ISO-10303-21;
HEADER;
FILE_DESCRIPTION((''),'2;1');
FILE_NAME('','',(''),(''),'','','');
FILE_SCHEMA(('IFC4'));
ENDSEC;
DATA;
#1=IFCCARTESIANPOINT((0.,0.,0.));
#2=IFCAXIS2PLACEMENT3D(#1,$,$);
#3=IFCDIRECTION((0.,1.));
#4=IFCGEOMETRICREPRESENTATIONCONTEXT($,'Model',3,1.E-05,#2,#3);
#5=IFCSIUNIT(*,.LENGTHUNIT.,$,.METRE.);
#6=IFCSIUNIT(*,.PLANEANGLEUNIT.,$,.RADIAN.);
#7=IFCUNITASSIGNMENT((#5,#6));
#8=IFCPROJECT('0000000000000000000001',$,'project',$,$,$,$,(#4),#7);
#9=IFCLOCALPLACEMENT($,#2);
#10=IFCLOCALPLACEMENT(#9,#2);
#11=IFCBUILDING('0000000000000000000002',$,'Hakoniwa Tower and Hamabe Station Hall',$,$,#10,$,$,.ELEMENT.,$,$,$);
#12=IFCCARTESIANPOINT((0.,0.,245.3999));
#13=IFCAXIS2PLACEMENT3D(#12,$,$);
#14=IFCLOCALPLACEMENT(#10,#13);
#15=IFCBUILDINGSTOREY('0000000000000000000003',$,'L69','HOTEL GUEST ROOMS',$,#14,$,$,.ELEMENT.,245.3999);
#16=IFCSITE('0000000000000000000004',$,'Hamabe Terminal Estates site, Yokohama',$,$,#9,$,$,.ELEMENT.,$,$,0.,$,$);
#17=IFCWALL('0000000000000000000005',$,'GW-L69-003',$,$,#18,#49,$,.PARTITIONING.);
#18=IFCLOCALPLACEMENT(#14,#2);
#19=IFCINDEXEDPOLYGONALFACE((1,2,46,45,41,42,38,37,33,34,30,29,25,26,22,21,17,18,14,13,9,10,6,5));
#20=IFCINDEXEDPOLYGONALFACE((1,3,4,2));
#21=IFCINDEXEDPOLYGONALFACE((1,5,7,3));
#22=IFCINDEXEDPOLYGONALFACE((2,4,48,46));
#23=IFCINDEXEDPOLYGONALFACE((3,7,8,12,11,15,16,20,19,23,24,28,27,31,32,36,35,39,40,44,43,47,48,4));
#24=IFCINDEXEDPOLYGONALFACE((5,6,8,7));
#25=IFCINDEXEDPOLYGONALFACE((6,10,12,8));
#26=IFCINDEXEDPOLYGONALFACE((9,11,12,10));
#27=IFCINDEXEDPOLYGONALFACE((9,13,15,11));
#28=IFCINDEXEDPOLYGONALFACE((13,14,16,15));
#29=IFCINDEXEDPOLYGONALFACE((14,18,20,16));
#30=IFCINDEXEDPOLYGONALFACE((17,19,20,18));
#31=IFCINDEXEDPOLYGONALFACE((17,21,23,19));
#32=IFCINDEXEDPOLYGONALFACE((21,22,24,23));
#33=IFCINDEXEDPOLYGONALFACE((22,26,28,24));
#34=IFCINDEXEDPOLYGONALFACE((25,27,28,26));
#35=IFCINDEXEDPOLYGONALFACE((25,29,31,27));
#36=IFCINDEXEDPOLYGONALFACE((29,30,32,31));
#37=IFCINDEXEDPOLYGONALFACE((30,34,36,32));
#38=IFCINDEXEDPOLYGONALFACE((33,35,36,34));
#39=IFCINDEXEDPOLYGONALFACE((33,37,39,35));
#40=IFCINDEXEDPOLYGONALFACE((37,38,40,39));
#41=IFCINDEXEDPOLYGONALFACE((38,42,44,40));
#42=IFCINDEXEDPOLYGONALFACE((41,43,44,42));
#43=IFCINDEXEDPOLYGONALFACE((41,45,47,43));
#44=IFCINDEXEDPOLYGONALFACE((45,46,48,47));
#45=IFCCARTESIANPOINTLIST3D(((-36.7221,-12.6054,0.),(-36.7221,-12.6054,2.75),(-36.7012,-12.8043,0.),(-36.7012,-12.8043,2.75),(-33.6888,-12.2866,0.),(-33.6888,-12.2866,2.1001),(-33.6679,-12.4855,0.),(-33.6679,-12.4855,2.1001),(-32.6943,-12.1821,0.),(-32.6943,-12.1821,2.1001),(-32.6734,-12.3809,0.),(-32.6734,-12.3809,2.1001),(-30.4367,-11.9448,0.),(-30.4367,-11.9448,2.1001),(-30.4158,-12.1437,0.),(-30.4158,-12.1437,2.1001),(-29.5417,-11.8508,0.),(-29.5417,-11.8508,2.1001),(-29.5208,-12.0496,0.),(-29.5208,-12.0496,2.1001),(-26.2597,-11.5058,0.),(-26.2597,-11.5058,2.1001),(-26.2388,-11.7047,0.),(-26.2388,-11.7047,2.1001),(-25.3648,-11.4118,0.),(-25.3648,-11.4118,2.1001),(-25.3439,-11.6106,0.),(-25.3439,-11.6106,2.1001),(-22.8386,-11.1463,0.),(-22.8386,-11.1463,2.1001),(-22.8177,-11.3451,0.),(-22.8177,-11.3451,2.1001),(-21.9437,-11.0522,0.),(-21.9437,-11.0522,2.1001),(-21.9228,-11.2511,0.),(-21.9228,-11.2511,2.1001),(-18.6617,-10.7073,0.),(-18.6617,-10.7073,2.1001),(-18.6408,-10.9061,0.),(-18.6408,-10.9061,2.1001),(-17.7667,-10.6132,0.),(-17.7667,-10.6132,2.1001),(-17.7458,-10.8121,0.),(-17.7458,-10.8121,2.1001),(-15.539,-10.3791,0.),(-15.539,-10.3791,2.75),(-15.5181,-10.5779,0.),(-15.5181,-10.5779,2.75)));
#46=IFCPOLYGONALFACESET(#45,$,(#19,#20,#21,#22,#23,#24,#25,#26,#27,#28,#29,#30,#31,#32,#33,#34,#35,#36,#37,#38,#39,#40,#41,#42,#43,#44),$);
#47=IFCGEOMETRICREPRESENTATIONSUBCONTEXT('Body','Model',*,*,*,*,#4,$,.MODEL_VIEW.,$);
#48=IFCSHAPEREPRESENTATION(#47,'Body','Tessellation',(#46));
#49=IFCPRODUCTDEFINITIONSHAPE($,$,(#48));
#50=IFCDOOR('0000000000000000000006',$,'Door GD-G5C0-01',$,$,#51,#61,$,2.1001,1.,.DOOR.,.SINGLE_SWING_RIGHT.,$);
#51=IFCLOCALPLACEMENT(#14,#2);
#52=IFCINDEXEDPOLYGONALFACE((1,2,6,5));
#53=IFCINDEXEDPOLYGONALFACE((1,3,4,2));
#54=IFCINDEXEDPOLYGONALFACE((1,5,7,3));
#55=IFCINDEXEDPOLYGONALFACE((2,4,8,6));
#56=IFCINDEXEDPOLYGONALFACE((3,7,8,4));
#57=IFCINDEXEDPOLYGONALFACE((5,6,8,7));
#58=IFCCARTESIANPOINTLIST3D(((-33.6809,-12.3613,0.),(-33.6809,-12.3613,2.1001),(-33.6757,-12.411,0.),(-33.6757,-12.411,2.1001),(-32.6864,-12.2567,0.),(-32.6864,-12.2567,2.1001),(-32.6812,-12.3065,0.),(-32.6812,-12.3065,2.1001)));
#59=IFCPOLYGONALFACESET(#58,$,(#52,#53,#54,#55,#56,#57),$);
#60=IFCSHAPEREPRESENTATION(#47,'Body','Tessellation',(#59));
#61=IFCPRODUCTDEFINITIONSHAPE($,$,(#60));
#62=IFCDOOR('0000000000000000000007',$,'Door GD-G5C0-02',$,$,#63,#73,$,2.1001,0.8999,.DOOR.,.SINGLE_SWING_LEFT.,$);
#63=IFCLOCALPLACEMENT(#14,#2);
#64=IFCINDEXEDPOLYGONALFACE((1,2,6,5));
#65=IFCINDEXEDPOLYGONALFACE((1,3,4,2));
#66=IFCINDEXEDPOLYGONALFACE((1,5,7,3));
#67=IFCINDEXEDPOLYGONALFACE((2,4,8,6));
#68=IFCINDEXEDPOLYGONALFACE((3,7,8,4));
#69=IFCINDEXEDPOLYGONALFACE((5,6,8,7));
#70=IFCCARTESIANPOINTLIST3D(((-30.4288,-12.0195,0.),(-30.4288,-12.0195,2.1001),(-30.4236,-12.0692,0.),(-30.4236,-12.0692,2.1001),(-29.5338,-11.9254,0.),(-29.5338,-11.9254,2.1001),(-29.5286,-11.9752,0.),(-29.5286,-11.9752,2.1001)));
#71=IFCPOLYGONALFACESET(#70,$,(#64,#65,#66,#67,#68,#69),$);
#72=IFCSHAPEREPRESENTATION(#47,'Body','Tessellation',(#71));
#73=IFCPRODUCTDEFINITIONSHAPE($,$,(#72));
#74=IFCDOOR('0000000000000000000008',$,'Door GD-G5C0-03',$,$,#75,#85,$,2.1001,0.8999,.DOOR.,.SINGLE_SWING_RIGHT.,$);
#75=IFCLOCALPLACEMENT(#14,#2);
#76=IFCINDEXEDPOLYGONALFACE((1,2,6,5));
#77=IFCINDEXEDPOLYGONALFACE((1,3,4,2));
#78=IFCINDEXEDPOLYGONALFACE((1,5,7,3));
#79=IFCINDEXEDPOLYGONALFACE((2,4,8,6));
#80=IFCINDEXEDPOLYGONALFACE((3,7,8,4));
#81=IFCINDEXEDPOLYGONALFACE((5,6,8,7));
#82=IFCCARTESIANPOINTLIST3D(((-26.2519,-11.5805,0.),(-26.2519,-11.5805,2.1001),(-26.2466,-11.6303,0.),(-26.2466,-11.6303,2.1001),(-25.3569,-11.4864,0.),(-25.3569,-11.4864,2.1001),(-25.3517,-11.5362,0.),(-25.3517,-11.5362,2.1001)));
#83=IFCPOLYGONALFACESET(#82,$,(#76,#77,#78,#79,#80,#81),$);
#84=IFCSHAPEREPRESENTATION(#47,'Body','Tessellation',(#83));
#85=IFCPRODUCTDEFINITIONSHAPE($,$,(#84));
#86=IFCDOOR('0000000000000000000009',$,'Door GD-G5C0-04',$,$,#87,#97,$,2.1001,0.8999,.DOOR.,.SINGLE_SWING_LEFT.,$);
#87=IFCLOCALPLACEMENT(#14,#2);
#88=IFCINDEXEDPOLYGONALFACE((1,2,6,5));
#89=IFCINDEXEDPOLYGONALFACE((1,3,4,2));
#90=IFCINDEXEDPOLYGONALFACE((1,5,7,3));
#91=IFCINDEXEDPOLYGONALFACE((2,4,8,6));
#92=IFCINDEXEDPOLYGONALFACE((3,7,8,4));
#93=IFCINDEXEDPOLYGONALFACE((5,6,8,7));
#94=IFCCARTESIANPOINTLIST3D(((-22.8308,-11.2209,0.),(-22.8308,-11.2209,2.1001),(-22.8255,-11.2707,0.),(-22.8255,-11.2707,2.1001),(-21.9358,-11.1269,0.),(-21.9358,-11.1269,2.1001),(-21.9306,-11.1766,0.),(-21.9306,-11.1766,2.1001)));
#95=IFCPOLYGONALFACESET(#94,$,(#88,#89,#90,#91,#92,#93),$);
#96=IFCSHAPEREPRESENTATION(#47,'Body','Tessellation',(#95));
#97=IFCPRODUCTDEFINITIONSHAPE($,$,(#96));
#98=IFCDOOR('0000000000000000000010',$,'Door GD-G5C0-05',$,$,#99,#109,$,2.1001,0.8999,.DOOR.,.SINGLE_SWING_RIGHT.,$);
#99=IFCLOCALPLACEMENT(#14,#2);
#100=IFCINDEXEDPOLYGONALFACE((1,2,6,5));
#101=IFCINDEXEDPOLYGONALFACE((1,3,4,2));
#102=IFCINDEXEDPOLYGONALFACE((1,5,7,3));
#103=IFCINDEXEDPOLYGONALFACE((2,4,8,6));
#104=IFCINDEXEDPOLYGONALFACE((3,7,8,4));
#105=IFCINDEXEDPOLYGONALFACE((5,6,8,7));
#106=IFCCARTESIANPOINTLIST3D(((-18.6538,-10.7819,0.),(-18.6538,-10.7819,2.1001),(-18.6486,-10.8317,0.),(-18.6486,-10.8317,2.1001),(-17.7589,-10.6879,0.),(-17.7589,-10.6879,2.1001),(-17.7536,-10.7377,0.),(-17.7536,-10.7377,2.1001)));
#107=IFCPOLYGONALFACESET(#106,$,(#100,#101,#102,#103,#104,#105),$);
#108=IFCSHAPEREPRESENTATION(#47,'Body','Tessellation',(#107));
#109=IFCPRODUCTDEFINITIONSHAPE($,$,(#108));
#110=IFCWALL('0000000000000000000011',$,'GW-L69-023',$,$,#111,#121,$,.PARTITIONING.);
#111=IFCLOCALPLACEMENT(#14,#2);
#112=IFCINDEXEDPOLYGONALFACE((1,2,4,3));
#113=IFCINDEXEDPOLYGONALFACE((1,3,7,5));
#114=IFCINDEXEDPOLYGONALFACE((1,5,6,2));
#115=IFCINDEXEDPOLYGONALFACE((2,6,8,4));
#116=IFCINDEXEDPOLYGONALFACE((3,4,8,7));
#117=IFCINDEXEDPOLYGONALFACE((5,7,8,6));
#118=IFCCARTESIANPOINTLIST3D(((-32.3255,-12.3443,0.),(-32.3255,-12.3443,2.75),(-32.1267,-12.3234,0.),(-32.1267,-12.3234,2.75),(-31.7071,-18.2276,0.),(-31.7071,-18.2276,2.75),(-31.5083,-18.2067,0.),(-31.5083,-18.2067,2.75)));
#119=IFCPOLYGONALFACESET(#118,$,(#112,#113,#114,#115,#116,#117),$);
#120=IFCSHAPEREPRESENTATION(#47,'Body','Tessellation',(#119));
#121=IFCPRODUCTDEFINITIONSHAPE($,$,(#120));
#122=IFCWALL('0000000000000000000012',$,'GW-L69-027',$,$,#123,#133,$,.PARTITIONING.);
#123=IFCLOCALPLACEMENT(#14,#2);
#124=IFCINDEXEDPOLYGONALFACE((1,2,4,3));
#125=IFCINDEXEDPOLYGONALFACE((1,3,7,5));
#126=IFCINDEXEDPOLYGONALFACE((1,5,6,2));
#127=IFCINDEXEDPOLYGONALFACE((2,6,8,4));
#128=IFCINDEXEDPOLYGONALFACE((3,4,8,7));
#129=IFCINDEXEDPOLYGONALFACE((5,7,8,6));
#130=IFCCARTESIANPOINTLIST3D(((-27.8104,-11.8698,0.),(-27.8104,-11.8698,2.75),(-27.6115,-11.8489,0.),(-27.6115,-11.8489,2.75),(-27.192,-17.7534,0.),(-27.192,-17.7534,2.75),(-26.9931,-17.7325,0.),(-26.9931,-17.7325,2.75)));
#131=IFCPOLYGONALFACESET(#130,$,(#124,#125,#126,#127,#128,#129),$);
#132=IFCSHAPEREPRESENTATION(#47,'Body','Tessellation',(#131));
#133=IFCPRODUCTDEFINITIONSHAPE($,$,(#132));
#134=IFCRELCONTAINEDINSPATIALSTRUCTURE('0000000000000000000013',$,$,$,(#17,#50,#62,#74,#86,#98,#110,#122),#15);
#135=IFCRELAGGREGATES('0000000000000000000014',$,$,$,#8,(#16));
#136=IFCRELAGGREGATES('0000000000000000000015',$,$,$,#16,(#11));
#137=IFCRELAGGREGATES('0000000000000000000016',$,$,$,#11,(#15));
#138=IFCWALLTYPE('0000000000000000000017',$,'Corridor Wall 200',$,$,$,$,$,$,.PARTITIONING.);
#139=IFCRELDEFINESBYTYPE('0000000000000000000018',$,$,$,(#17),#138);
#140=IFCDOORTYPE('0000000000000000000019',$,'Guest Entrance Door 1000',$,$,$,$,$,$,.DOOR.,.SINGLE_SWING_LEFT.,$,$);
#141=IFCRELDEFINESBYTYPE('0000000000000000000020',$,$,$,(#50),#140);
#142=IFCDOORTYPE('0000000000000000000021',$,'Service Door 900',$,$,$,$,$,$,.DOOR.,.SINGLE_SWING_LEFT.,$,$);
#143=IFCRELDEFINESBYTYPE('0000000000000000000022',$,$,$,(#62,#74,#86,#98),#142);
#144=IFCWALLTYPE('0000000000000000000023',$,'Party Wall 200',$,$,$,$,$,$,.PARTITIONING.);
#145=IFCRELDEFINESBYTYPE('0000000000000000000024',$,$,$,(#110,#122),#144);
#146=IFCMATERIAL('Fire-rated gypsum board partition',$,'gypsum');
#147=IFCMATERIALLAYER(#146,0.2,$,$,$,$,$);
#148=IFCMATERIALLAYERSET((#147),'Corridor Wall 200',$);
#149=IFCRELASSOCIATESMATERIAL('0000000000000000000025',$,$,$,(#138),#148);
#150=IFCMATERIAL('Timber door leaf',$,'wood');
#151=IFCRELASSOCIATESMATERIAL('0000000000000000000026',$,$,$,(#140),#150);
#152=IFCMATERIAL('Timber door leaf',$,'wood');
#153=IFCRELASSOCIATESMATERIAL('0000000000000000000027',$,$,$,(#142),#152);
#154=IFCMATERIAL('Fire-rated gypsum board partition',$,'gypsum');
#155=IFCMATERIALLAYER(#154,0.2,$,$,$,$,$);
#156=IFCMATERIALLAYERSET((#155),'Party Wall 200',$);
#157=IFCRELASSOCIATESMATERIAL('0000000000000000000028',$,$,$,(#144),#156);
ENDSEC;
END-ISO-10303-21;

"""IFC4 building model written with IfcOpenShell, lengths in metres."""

from ifc_helpers import new_model, si_unit, direction, frame, frame_2d, origin, place, context, subcontext, project, spatial, rectangle, extrude, material, layer, layer_set, type_object, element, fill, save


model = new_model("IFC4")

# Units and contexts
model_context = context("Model", 3, precision=1e-05, world=origin(), true_north=direction((0.0, 1.0)))
body_context = subcontext(model_context, "Body", "Model", "MODEL_VIEW")
ifc_project = project(units=[si_unit("LENGTHUNIT", "METRE"), si_unit("PLANEANGLEUNIT", "RADIAN")], contexts=[model_context])

# Site, building, storey
site_placement = place(None, origin())
site = spatial("IfcSite", under=ifc_project, at=site_placement, Name="Hamabe Terminal Estates site, Yokohama", CompositionType="ELEMENT", RefElevation=0.0)
building_placement = place(site_placement, origin())
building = spatial("IfcBuilding", under=site, at=building_placement, Name="Hakoniwa Tower and Hamabe Station Hall", CompositionType="ELEMENT")
storey_placement = place(building_placement, frame((0.0, 0.0, 245.3999)))
storey = spatial("IfcBuildingStorey", under=building, at=storey_placement, Name="L69", Description="HOTEL GUEST ROOMS", CompositionType="ELEMENT", Elevation=245.3999)

# Wall, openings, doors
ifc_material_1 = material(Name="Fire-rated gypsum board partition", Category="gypsum")
ifc_layer_1 = layer(ifc_material_1, 0.2)
ifc_layer_set_1 = layer_set([ifc_layer_1], Name="Corridor Wall 200")
wall_type_1 = type_object("IfcWallType", Name="Corridor Wall 200", PredefinedType="PARTITIONING", material=ifc_layer_set_1)
wall_1_placement = place(storey_placement, frame((-36.7117, -12.7048, 0.0), z_axis=(0.0, 0.0, 1.0), x_axis=(0.994522, 0.104523, 0.0)))
wall_1 = element("IfcWall", 1, at=wall_1_placement, inside=storey, type_object=wall_type_1, Name="GW-L69-003", PredefinedType="PARTITIONING", context=body_context, shape_type="SweptSolid", body=[
    extrude(rectangle(XDim=21.2998, YDim=0.2, at=frame_2d((10.6499, 0.0))), origin(), (0.0, 0.0, 1.0), 2.75),
])
opening_1_placement = place(wall_1_placement, frame((3.05, 0.0, 0.0)))
opening_1 = element("IfcOpeningElement", 2, at=opening_1_placement, cuts=wall_1, PredefinedType="OPENING", context=body_context, shape_type="SweptSolid", body=[
    extrude(rectangle(XDim=1.0, YDim=2.1001, at=frame_2d((0.5, 1.05))), frame((0.0, 0.1099, 0.0), z_axis=(0.0, -1.0, 0.0), x_axis=(1.0, 0.0, 0.0)), (0.0, 0.0, 1.0), 0.22),
])
opening_2_placement = place(wall_1_placement, frame((6.3201, 0.0, 0.0)))
opening_2 = element("IfcOpeningElement", 3, at=opening_2_placement, cuts=wall_1, PredefinedType="OPENING", context=body_context, shape_type="SweptSolid", body=[
    extrude(rectangle(XDim=0.8999, YDim=2.1001, at=frame_2d((0.45, 1.05))), frame((0.0, 0.1099, 0.0), z_axis=(0.0, -1.0, 0.0), x_axis=(1.0, 0.0, 0.0)), (0.0, 0.0, 1.0), 0.22),
])
opening_3_placement = place(wall_1_placement, frame((10.52, 0.0, 0.0)))
opening_3 = element("IfcOpeningElement", 4, at=opening_3_placement, cuts=wall_1, PredefinedType="OPENING", context=body_context, shape_type="SweptSolid", body=[
    extrude(rectangle(XDim=0.8999, YDim=2.1001, at=frame_2d((0.45, 1.05))), frame((0.0, 0.1099, 0.0), z_axis=(0.0, -1.0, 0.0), x_axis=(1.0, 0.0, 0.0)), (0.0, 0.0, 1.0), 0.22),
])
opening_4_placement = place(wall_1_placement, frame((13.96, 0.0, 0.0)))
opening_4 = element("IfcOpeningElement", 5, at=opening_4_placement, cuts=wall_1, PredefinedType="OPENING", context=body_context, shape_type="SweptSolid", body=[
    extrude(rectangle(XDim=0.8999, YDim=2.1001, at=frame_2d((0.45, 1.05))), frame((0.0, 0.1099, 0.0), z_axis=(0.0, -1.0, 0.0), x_axis=(1.0, 0.0, 0.0)), (0.0, 0.0, 1.0), 0.22),
])
opening_5_placement = place(wall_1_placement, frame((18.1599, 0.0, 0.0)))
opening_5 = element("IfcOpeningElement", 6, at=opening_5_placement, cuts=wall_1, PredefinedType="OPENING", context=body_context, shape_type="SweptSolid", body=[
    extrude(rectangle(XDim=0.8999, YDim=2.1001, at=frame_2d((0.45, 1.05))), frame((0.0, 0.1099, 0.0), z_axis=(0.0, -1.0, 0.0), x_axis=(1.0, 0.0, 0.0)), (0.0, 0.0, 1.0), 0.22),
])
ifc_material_2 = material(Name="Timber door leaf", Category="wood")
door_type_1 = type_object("IfcDoorType", Name="Guest Entrance Door 1000", OperationType="SINGLE_SWING_LEFT", PredefinedType="DOOR", material=ifc_material_2)
door_1_placement = place(opening_1_placement, origin())
door_1 = element("IfcDoor", 7, at=door_1_placement, inside=storey, type_object=door_type_1, Name="Door GD-G5C0-01", OperationType="SINGLE_SWING_RIGHT", OverallHeight=2.1001, OverallWidth=1.0, PredefinedType="DOOR", context=body_context, shape_type="SweptSolid", body=[
    extrude(rectangle(XDim=1.0, YDim=2.1001, at=frame_2d((0.5, 1.05))), frame((0.0, 0.0249, 0.0), z_axis=(0.0, -1.0, 0.0), x_axis=(1.0, 0.0, 0.0)), (0.0, 0.0, 1.0), 0.05),
])
fill(opening_1, door_1)
ifc_material_3 = material(Name="Timber door leaf", Category="wood")
door_type_2 = type_object("IfcDoorType", Name="Service Door 900", OperationType="SINGLE_SWING_LEFT", PredefinedType="DOOR", material=ifc_material_3)
door_2_placement = place(opening_2_placement, origin())
door_2 = element("IfcDoor", 8, at=door_2_placement, inside=storey, type_object=door_type_2, Name="Door GD-G5C0-02", OperationType="SINGLE_SWING_LEFT", OverallHeight=2.1001, OverallWidth=0.8999, PredefinedType="DOOR", context=body_context, shape_type="SweptSolid", body=[
    extrude(rectangle(XDim=0.8999, YDim=2.1001, at=frame_2d((0.45, 1.05))), frame((0.0, 0.0249, 0.0), z_axis=(0.0, -1.0, 0.0), x_axis=(1.0, 0.0, 0.0)), (0.0, 0.0, 1.0), 0.05),
])
fill(opening_2, door_2)
door_3_placement = place(opening_3_placement, origin())
door_3 = element("IfcDoor", 9, at=door_3_placement, inside=storey, type_object=door_type_2, Name="Door GD-G5C0-03", OperationType="SINGLE_SWING_RIGHT", OverallHeight=2.1001, OverallWidth=0.8999, PredefinedType="DOOR", context=body_context, shape_type="SweptSolid", body=[
    extrude(rectangle(XDim=0.8999, YDim=2.1001, at=frame_2d((0.45, 1.05))), frame((0.0, 0.0249, 0.0), z_axis=(0.0, -1.0, 0.0), x_axis=(1.0, 0.0, 0.0)), (0.0, 0.0, 1.0), 0.05),
])
fill(opening_3, door_3)
door_4_placement = place(opening_4_placement, origin())
door_4 = element("IfcDoor", 10, at=door_4_placement, inside=storey, type_object=door_type_2, Name="Door GD-G5C0-04", OperationType="SINGLE_SWING_LEFT", OverallHeight=2.1001, OverallWidth=0.8999, PredefinedType="DOOR", context=body_context, shape_type="SweptSolid", body=[
    extrude(rectangle(XDim=0.8999, YDim=2.1001, at=frame_2d((0.45, 1.05))), frame((0.0, 0.0249, 0.0), z_axis=(0.0, -1.0, 0.0), x_axis=(1.0, 0.0, 0.0)), (0.0, 0.0, 1.0), 0.05),
])
fill(opening_4, door_4)
door_5_placement = place(opening_5_placement, origin())
door_5 = element("IfcDoor", 11, at=door_5_placement, inside=storey, type_object=door_type_2, Name="Door GD-G5C0-05", OperationType="SINGLE_SWING_RIGHT", OverallHeight=2.1001, OverallWidth=0.8999, PredefinedType="DOOR", context=body_context, shape_type="SweptSolid", body=[
    extrude(rectangle(XDim=0.8999, YDim=2.1001, at=frame_2d((0.45, 1.05))), frame((0.0, 0.0249, 0.0), z_axis=(0.0, -1.0, 0.0), x_axis=(1.0, 0.0, 0.0)), (0.0, 0.0, 1.0), 0.05),
])
fill(opening_5, door_5)

# Walls
ifc_material_4 = material(Name="Fire-rated gypsum board partition", Category="gypsum")
ifc_layer_2 = layer(ifc_material_4, 0.2)
ifc_layer_set_2 = layer_set([ifc_layer_2], Name="Party Wall 200")
wall_type_2 = type_object("IfcWallType", Name="Party Wall 200", PredefinedType="PARTITIONING", material=ifc_layer_set_2)
wall_2_placement = place(storey_placement, frame((-31.6077, -18.2173, 0.0), z_axis=(0.0, 0.0, 1.0), x_axis=(-0.104537, 0.994521, 0.0)))
element("IfcWall", 12, at=wall_2_placement, inside=storey, type_object=wall_type_2, Name="GW-L69-023", PredefinedType="PARTITIONING", context=body_context, shape_type="SweptSolid", body=[
    extrude(rectangle(XDim=5.9158, YDim=0.2, at=frame_2d((2.958, 0.0))), origin(), (0.0, 0.0, 1.0), 2.75),
])
wall_3_placement = place(storey_placement, frame((-27.0925, -17.7429, 0.0), z_axis=(0.0, 0.0, 1.0), x_axis=(-0.104532, 0.994521, 0.0)))
element("IfcWall", 13, at=wall_3_placement, inside=storey, type_object=wall_type_2, Name="GW-L69-027", PredefinedType="PARTITIONING", context=body_context, shape_type="SweptSolid", body=[
    extrude(rectangle(XDim=5.916, YDim=0.2, at=frame_2d((2.958, 0.0))), origin(), (0.0, 0.0, 1.0), 2.75),
])

save(model, "model.ifc")
